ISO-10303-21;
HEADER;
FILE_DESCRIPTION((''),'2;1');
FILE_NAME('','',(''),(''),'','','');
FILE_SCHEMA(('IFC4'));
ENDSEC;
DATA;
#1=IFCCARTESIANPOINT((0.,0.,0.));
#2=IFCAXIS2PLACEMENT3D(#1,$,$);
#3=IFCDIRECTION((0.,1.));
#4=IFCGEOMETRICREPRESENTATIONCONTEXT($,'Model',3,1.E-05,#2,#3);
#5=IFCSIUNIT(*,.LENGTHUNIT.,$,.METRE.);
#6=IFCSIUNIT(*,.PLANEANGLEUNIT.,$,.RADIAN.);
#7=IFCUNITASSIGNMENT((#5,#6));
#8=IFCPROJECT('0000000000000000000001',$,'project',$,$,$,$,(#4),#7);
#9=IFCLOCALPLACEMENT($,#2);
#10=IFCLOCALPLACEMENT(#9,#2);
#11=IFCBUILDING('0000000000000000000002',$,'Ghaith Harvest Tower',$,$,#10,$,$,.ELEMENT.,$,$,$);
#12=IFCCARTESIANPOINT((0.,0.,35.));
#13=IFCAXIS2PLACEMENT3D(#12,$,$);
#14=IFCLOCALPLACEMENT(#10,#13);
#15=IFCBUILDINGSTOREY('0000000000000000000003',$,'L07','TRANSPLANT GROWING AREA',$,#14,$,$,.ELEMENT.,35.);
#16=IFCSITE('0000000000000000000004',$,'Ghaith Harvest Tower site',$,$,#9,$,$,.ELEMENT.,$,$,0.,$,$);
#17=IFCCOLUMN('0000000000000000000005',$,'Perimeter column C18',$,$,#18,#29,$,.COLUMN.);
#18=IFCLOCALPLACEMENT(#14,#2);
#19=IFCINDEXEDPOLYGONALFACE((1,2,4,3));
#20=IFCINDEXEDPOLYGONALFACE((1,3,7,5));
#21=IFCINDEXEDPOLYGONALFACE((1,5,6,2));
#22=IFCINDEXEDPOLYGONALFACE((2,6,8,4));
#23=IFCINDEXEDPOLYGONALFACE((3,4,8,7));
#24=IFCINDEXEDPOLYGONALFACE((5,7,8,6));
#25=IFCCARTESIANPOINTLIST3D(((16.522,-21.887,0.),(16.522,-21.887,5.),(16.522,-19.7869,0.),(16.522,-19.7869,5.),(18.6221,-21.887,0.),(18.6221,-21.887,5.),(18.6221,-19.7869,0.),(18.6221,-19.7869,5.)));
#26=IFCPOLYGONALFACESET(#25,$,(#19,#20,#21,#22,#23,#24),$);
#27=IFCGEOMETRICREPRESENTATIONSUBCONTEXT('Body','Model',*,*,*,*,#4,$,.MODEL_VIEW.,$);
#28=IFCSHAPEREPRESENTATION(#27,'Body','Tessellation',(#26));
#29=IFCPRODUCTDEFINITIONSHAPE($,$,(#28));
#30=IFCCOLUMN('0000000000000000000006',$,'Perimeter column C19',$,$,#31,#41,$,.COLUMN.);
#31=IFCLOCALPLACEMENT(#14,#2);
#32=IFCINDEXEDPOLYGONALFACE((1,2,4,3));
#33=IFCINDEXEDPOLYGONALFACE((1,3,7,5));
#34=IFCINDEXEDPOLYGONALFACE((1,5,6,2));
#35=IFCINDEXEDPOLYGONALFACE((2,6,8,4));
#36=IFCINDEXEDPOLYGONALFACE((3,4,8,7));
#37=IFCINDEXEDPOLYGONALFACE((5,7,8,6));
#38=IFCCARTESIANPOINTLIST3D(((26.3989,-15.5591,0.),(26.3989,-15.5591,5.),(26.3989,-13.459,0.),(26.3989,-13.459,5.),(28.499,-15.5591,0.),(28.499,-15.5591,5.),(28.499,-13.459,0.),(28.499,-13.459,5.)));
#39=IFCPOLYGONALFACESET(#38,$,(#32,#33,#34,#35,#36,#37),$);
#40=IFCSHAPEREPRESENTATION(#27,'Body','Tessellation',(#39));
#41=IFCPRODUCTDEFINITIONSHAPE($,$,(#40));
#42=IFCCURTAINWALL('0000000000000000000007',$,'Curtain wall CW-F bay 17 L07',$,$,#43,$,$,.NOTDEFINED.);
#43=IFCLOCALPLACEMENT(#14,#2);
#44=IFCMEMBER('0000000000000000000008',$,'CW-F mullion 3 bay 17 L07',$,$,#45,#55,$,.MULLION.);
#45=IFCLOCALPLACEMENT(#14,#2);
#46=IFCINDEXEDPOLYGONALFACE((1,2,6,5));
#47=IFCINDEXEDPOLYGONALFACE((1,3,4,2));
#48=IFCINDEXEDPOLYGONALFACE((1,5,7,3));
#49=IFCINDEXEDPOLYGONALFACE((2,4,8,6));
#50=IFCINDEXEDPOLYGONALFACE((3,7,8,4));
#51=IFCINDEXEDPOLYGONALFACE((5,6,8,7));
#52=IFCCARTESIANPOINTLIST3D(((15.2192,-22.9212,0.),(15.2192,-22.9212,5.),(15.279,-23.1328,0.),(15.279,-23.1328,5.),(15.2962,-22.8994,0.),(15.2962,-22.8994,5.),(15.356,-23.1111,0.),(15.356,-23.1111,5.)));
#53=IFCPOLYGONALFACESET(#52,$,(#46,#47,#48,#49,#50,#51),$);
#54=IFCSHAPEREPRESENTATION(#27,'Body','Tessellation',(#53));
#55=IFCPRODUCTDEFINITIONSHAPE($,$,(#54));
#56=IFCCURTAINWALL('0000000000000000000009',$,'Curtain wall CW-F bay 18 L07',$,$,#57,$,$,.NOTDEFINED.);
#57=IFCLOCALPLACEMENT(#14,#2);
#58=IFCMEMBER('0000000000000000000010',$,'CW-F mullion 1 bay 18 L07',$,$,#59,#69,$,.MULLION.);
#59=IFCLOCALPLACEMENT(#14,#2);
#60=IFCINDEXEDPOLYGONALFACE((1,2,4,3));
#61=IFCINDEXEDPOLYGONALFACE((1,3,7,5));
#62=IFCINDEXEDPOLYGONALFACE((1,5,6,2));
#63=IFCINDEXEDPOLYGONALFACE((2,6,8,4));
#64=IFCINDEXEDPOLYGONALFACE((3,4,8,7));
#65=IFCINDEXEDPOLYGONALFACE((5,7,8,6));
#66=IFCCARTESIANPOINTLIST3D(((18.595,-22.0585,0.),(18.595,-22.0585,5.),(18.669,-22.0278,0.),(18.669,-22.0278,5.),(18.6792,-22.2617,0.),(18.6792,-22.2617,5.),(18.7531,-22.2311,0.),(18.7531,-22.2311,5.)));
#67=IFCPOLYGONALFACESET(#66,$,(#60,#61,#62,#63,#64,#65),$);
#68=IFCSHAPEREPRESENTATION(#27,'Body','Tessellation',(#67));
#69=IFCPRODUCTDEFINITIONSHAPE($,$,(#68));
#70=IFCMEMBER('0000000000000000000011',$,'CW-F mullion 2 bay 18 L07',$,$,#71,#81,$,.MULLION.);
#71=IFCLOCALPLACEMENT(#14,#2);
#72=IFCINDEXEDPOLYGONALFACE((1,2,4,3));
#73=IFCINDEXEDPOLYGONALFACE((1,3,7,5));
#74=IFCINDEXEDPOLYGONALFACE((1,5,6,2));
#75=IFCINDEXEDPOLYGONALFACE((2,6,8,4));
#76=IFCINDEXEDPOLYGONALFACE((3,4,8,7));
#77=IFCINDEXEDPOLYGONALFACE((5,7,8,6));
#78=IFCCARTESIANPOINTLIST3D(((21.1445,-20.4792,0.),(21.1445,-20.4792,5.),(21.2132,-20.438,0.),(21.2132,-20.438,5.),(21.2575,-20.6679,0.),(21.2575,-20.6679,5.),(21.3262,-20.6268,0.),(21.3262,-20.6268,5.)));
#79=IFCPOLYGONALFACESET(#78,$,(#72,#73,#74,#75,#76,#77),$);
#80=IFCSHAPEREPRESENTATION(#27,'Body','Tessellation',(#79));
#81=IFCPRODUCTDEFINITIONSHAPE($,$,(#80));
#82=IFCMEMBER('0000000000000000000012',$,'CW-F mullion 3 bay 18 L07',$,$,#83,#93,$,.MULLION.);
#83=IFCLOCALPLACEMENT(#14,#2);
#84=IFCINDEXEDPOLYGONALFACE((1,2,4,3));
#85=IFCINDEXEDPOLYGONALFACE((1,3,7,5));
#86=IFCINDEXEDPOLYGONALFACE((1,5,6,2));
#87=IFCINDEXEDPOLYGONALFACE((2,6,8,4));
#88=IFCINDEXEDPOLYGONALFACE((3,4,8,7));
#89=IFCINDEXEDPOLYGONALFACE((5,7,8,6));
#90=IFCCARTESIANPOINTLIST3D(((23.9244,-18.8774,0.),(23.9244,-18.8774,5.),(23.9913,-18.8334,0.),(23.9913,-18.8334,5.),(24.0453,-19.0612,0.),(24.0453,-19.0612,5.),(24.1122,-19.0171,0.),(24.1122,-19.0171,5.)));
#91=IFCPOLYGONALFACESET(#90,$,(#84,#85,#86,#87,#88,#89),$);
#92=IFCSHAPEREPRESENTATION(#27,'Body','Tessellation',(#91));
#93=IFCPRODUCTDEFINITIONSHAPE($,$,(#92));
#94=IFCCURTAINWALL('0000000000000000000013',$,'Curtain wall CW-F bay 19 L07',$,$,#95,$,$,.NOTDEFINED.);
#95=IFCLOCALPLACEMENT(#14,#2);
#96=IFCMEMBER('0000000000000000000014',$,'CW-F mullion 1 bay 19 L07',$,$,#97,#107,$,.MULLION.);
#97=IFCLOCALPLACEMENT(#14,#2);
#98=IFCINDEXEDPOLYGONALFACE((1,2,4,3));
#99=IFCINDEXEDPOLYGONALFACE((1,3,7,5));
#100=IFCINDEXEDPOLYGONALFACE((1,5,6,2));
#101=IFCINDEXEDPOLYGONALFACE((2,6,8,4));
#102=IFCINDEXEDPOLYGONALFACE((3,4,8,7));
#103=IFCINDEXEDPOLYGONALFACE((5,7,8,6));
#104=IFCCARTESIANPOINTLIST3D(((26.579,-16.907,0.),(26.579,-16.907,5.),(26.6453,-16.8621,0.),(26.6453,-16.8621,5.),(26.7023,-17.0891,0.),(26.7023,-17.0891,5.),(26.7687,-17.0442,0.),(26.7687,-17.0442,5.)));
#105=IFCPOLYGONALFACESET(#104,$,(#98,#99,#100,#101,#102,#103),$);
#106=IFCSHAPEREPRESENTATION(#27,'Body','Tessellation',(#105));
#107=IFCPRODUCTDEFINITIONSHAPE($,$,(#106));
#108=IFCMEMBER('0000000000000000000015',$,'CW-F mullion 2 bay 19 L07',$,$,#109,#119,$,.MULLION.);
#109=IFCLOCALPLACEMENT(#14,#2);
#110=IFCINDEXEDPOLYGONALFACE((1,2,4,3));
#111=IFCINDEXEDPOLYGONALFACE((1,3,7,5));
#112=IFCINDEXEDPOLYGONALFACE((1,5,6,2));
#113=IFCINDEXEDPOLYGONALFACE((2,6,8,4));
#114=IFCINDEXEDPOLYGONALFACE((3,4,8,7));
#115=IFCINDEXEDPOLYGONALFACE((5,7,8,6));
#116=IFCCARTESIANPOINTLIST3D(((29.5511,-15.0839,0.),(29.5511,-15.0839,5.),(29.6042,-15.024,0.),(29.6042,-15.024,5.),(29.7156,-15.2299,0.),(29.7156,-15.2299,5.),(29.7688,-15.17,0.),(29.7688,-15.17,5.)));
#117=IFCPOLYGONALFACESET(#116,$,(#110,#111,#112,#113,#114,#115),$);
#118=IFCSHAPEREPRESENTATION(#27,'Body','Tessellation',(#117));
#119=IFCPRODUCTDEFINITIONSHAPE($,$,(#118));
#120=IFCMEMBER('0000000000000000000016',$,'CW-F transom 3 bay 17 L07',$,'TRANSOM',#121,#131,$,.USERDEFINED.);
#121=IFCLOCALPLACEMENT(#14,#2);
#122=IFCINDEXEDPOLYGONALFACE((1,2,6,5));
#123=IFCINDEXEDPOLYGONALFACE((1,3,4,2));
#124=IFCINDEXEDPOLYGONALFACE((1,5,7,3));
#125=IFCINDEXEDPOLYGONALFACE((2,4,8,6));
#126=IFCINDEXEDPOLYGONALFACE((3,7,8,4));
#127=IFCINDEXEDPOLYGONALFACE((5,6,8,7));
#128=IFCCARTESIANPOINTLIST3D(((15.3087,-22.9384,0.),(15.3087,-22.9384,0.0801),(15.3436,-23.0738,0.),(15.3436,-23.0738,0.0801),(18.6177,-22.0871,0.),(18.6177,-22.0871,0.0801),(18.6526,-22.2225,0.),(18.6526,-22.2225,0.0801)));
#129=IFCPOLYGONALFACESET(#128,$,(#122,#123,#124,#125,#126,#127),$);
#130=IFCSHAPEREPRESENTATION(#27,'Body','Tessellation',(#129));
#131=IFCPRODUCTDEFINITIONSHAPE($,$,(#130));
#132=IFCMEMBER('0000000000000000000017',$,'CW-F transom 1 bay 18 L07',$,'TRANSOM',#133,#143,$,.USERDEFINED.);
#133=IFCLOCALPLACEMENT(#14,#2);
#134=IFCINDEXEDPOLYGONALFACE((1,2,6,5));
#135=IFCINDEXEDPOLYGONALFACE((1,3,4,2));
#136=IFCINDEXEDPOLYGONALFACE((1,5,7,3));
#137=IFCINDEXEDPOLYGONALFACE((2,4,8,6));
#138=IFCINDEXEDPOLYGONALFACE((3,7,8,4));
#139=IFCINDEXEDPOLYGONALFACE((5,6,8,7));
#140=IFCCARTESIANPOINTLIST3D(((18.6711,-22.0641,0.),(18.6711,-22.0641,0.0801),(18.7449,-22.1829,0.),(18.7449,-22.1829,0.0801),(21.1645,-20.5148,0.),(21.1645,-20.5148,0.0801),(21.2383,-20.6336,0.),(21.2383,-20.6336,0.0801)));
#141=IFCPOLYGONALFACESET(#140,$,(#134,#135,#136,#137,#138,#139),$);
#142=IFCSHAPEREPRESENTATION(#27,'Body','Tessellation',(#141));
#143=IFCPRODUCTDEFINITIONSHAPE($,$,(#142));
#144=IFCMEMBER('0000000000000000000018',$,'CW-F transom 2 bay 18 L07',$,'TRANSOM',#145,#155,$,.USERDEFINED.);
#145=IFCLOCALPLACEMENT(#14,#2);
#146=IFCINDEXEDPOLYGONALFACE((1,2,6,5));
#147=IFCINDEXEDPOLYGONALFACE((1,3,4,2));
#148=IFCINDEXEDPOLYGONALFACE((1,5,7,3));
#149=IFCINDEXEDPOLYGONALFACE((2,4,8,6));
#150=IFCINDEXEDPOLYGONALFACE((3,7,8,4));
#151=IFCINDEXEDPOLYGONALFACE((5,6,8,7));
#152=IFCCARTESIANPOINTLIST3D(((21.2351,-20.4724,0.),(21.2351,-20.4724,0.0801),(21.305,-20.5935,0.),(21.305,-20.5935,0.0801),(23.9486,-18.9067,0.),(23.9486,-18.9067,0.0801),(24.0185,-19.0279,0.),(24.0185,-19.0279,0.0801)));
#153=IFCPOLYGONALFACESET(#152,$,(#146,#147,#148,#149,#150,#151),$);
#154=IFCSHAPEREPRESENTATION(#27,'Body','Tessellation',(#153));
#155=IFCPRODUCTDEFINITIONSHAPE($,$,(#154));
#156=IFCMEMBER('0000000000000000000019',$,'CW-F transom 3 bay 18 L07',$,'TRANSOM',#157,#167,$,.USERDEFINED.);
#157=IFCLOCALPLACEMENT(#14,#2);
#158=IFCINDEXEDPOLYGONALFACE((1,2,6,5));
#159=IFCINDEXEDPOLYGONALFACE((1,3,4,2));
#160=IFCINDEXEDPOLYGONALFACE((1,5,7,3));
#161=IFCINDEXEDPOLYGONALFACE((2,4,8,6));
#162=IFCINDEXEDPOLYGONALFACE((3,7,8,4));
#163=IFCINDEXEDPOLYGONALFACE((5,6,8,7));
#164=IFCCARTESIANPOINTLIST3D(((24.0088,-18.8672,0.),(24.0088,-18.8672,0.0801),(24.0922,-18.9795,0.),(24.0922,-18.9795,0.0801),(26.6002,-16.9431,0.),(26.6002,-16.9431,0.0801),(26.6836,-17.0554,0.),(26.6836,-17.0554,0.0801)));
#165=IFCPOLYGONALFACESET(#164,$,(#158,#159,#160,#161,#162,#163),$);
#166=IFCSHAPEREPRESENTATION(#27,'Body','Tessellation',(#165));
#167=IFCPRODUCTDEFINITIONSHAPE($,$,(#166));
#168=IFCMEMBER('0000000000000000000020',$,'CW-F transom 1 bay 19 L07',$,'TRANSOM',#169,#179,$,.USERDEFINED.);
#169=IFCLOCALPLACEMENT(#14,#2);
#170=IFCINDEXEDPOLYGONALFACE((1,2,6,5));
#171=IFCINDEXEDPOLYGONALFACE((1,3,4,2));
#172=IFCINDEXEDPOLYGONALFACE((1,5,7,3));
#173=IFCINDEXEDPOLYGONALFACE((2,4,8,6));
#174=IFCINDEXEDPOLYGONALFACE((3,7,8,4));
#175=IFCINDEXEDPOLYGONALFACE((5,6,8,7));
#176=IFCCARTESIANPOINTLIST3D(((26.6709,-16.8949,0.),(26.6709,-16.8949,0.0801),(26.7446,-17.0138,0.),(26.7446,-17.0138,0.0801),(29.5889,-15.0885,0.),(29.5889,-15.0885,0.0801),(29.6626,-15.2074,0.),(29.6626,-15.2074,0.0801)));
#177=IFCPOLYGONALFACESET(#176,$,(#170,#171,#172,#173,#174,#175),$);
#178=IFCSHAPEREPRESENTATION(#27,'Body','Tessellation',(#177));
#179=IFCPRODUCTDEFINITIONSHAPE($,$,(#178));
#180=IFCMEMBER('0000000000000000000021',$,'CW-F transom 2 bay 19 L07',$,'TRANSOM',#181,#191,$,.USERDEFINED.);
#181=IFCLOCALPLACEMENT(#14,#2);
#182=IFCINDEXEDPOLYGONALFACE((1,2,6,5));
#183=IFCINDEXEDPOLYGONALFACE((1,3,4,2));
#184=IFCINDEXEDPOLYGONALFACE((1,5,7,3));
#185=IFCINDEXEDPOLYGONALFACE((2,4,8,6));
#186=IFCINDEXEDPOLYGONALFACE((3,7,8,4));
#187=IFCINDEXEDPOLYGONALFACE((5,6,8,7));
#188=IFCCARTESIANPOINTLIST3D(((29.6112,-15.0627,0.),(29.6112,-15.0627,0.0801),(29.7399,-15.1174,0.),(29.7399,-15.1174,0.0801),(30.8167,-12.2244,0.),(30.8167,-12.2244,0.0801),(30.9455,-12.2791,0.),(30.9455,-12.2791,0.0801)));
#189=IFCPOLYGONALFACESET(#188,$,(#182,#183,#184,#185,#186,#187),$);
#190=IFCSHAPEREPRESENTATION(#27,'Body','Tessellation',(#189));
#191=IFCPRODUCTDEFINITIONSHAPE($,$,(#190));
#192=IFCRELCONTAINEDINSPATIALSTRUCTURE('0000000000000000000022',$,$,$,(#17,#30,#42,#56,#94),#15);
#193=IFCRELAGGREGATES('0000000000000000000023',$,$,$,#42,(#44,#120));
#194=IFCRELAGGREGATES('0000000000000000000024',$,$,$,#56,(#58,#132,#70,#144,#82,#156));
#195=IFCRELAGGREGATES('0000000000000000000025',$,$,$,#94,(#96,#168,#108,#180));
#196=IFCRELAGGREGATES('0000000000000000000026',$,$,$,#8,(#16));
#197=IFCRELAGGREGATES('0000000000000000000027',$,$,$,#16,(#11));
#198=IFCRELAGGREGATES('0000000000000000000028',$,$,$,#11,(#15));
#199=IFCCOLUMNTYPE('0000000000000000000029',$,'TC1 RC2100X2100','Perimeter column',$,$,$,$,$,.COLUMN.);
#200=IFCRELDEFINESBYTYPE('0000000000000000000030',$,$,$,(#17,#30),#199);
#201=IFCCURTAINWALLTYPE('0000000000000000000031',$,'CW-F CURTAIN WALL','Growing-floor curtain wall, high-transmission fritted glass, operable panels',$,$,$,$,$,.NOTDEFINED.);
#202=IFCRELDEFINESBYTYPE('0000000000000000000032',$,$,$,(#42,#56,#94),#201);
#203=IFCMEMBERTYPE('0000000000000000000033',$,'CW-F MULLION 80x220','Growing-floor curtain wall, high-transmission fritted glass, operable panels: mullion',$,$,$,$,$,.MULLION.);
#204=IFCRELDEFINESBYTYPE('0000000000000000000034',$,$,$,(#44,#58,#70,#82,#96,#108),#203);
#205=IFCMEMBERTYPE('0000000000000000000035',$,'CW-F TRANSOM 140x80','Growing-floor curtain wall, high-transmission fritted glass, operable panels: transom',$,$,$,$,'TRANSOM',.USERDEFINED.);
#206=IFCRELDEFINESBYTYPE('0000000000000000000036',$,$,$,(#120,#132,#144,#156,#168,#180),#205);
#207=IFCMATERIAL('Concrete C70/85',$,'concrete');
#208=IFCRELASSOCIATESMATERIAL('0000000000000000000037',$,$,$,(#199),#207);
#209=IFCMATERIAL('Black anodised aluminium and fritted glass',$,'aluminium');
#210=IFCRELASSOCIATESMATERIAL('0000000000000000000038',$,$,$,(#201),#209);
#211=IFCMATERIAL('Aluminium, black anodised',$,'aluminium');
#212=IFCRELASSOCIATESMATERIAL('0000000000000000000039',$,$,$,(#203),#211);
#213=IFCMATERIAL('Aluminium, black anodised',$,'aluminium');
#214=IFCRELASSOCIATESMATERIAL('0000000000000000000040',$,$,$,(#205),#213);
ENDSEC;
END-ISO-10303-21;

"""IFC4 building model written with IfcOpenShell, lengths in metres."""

from ifc_helpers import new_model, si_unit, direction, frame, origin, origin_2d, place, context, subcontext, project, spatial, rectangle, extrude, material, material_profile, profile_set, type_object, element, aggregate, save


model = new_model("IFC4")

# Units and contexts
model_context = context("Model", 3, precision=1e-05, world=origin(), true_north=direction((0.0, 1.0)))
body_context = subcontext(model_context, "Body", "Model", "MODEL_VIEW")
ifc_project = project(units=[si_unit("LENGTHUNIT", "METRE"), si_unit("PLANEANGLEUNIT", "RADIAN")], contexts=[model_context])

# Site, building, storey
site_placement = place(None, origin())
site = spatial("IfcSite", under=ifc_project, at=site_placement, Name="Ghaith Harvest Tower site", CompositionType="ELEMENT", RefElevation=0.0)
building_placement = place(site_placement, origin())
building = spatial("IfcBuilding", under=site, at=building_placement, Name="Ghaith Harvest Tower", CompositionType="ELEMENT")
storey_placement = place(building_placement, frame((0.0, 0.0, 35.0)))
storey = spatial("IfcBuildingStorey", under=building, at=storey_placement, Name="L07", Description="TRANSPLANT GROWING AREA", CompositionType="ELEMENT", Elevation=35.0)

# Columns
ifc_material_1 = material(Name="Concrete C70/85", Category="concrete")
ifc_material_profile_1 = material_profile(ifc_material_1, rectangle(XDim=2.1001, YDim=2.1001, at=origin_2d()), Name="RC2100X2100")
ifc_profile_set_1 = profile_set([ifc_material_profile_1], Name="Concrete C70/85")
column_type = type_object("IfcColumnType", Name="TC1 RC2100X2100", Description="Perimeter column", PredefinedType="COLUMN", material=ifc_profile_set_1)
for number, where, z_axis, x_axis, name in (
    (1, (17.572, -20.8369, 0.0), (0.0, 0.0, 1.0), (1.0, 0.0, 0.0), "Perimeter column C18"),
    (2, (27.449, -14.509, 0.0), (0.0, 0.0, 1.0), (1.0, 0.0, 0.0), "Perimeter column C19"),
):
    element("IfcColumn", number, at=place(storey_placement, frame(where, z_axis=z_axis, x_axis=x_axis)), inside=storey, type_object=column_type, Name=name, PredefinedType="COLUMN", context=body_context, shape_type="SweptSolid", body=[
        extrude(rectangle(XDim=2.1001, YDim=2.1001, at=origin_2d()), origin(), (0.0, 0.0, 1.0), 5.0),
    ])

# Curtain wall, member
ifc_material_2 = material(Name="Black anodised aluminium and fritted glass", Category="aluminium")
curtain_wall_type = type_object("IfcCurtainWallType", Name="CW-F CURTAIN WALL", Description="Growing-floor curtain wall, high-transmission fritted glass, operable panels", PredefinedType="NOTDEFINED", material=ifc_material_2)
curtain_wall_1_placement = place(storey_placement, origin())
curtain_wall_1 = element("IfcCurtainWall", 3, at=curtain_wall_1_placement, inside=storey, type_object=curtain_wall_type, Name="Curtain wall CW-F bay 17 L07", PredefinedType="NOTDEFINED")
ifc_material_3 = material(Name="Aluminium, black anodised", Category="aluminium")
ifc_material_profile_2 = material_profile(ifc_material_3, rectangle(XDim=0.0801, YDim=0.22, at=origin_2d()), Name="CW-F MULLION 80x220")
ifc_profile_set_2 = profile_set([ifc_material_profile_2], Name="Aluminium, black anodised")
member_type_1 = type_object("IfcMemberType", Name="CW-F MULLION 80x220", Description="Growing-floor curtain wall, high-transmission fritted glass, operable panels: mullion", PredefinedType="MULLION", material=ifc_profile_set_2)
member_1_placement = place(storey_placement, frame((15.2876, -23.0161, 0.0), z_axis=(0.0, 0.0, 1.0), x_axis=(0.962313, 0.271944, 0.0)))
member_1 = element("IfcMember", 4, at=member_1_placement, type_object=member_type_1, Name="CW-F mullion 3 bay 17 L07", PredefinedType="MULLION", context=body_context, shape_type="SweptSolid", body=[
    extrude(rectangle(XDim=0.0801, YDim=0.22, at=origin_2d()), origin(), (0.0, 0.0, 1.0), 5.0),
])

# Curtain walls, members
curtain_wall_2_placement = place(storey_placement, origin())
curtain_wall_2 = element("IfcCurtainWall", 5, at=curtain_wall_2_placement, inside=storey, type_object=curtain_wall_type, Name="Curtain wall CW-F bay 18 L07", PredefinedType="NOTDEFINED")
member_2_placement = place(storey_placement, frame((18.6741, -22.1448, 0.0), z_axis=(0.0, 0.0, 1.0), x_axis=(0.92391, 0.382609, 0.0)))
member_2 = element("IfcMember", 6, at=member_2_placement, type_object=member_type_1, Name="CW-F mullion 1 bay 18 L07", PredefinedType="MULLION", context=body_context, shape_type="SweptSolid", body=[
    extrude(rectangle(XDim=0.0801, YDim=0.22, at=origin_2d()), origin(), (0.0, 0.0, 1.0), 5.0),
])
member_3_placement = place(storey_placement, frame((21.2354, -20.553, 0.0), z_axis=(0.0, 0.0, 1.0), x_axis=(0.85814, 0.513415, 0.0)))
member_3 = element("IfcMember", 7, at=member_3_placement, type_object=member_type_1, Name="CW-F mullion 2 bay 18 L07", PredefinedType="MULLION", context=body_context, shape_type="SweptSolid", body=[
    extrude(rectangle(XDim=0.0801, YDim=0.22, at=origin_2d()), origin(), (0.0, 0.0, 1.0), 5.0),
])
member_4_placement = place(storey_placement, frame((24.0183, -18.9473, 0.0), z_axis=(0.0, 0.0, 1.0), x_axis=(0.835444, 0.549576, 0.0)))
member_4 = element("IfcMember", 8, at=member_4_placement, type_object=member_type_1, Name="CW-F mullion 3 bay 18 L07", PredefinedType="MULLION", context=body_context, shape_type="SweptSolid", body=[
    extrude(rectangle(XDim=0.0801, YDim=0.22, at=origin_2d()), origin(), (0.0, 0.0, 1.0), 5.0),
])
curtain_wall_3_placement = place(storey_placement, origin())
curtain_wall_3 = element("IfcCurtainWall", 9, at=curtain_wall_3_placement, inside=storey, type_object=curtain_wall_type, Name="Curtain wall CW-F bay 19 L07", PredefinedType="NOTDEFINED")
member_5_placement = place(storey_placement, frame((26.6738, -16.9756, 0.0), z_axis=(0.0, 0.0, 1.0), x_axis=(0.828002, 0.560725, 0.0)))
member_5 = element("IfcMember", 10, at=member_5_placement, type_object=member_type_1, Name="CW-F mullion 1 bay 19 L07", PredefinedType="MULLION", context=body_context, shape_type="SweptSolid", body=[
    extrude(rectangle(XDim=0.0801, YDim=0.22, at=origin_2d()), origin(), (0.0, 0.0, 1.0), 5.0),
])
member_6_placement = place(storey_placement, frame((29.6599, -15.127, 0.0), z_axis=(0.0, 0.0, 1.0), x_axis=(0.663605, 0.748083, 0.0)))
member_6 = element("IfcMember", 11, at=member_6_placement, type_object=member_type_1, Name="CW-F mullion 2 bay 19 L07", PredefinedType="MULLION", context=body_context, shape_type="SweptSolid", body=[
    extrude(rectangle(XDim=0.0801, YDim=0.22, at=origin_2d()), origin(), (0.0, 0.0, 1.0), 5.0),
])

# Members
ifc_material_4 = material(Name="Aluminium, black anodised", Category="aluminium")
ifc_material_profile_3 = material_profile(ifc_material_4, rectangle(XDim=0.1399, YDim=0.0801, at=origin_2d()), Name="CW-F TRANSOM 140x80")
ifc_profile_set_3 = profile_set([ifc_material_profile_3], Name="Aluminium, black anodised")
member_type_2 = type_object("IfcMemberType", Name="CW-F TRANSOM 140x80", Description="Growing-floor curtain wall, high-transmission fritted glass, operable panels: transom", ElementType="TRANSOM", PredefinedType="USERDEFINED", material=ifc_profile_set_3)
member_7_placement = place(storey_placement, frame((15.3262, -23.0061, 0.04), z_axis=(0.968464, 0.249154, 0.0), x_axis=(-0.249154, 0.968464, 0.0)))
member_7 = element("IfcMember", 12, at=member_7_placement, type_object=member_type_2, Name="CW-F transom 3 bay 17 L07", ObjectType="TRANSOM", PredefinedType="USERDEFINED", context=body_context, shape_type="SweptSolid", body=[
    extrude(rectangle(XDim=0.1399, YDim=0.0801, at=origin_2d()), origin(), (0.0, 0.0, 1.0), 3.4167),
])
member_8_placement = place(storey_placement, frame((18.708, -22.1235, 0.04), z_axis=(0.849383, 0.527777, 0.0), x_axis=(-0.527777, 0.849383, 0.0)))
member_8 = element("IfcMember", 13, at=member_8_placement, type_object=member_type_2, Name="CW-F transom 1 bay 18 L07", ObjectType="TRANSOM", PredefinedType="USERDEFINED", context=body_context, shape_type="SweptSolid", body=[
    extrude(rectangle(XDim=0.1399, YDim=0.0801, at=origin_2d()), origin(), (0.0, 0.0, 1.0), 2.9355),
])
member_9_placement = place(storey_placement, frame((21.27, -20.533, 0.04), z_axis=(0.866169, 0.499752, 0.0), x_axis=(-0.499752, 0.866169, 0.0)))
member_9 = element("IfcMember", 14, at=member_9_placement, type_object=member_type_2, Name="CW-F transom 2 bay 18 L07", ObjectType="TRANSOM", PredefinedType="USERDEFINED", context=body_context, shape_type="SweptSolid", body=[
    extrude(rectangle(XDim=0.1399, YDim=0.0801, at=origin_2d()), origin(), (0.0, 0.0, 1.0), 3.1328),
])
member_10_placement = place(storey_placement, frame((24.0505, -18.9233, 0.04), z_axis=(0.802877, 0.596144, 0.0), x_axis=(-0.596144, 0.802877, 0.0)))
member_10 = element("IfcMember", 15, at=member_10_placement, type_object=member_type_2, Name="CW-F transom 3 bay 18 L07", ObjectType="TRANSOM", PredefinedType="USERDEFINED", context=body_context, shape_type="SweptSolid", body=[
    extrude(rectangle(XDim=0.1399, YDim=0.0801, at=origin_2d()), origin(), (0.0, 0.0, 1.0), 3.2275),
])
member_11_placement = place(storey_placement, frame((26.7078, -16.9543, 0.04), z_axis=(0.850261, 0.526362, 0.0), x_axis=(-0.526362, 0.850261, 0.0)))
member_11 = element("IfcMember", 16, at=member_11_placement, type_object=member_type_2, Name="CW-F transom 1 bay 19 L07", ObjectType="TRANSOM", PredefinedType="USERDEFINED", context=body_context, shape_type="SweptSolid", body=[
    extrude(rectangle(XDim=0.1399, YDim=0.0801, at=origin_2d()), origin(), (0.0, 0.0, 1.0), 3.4319),
])
member_12_placement = place(storey_placement, frame((29.6755, -15.0901, 0.04), z_axis=(0.390936, 0.920418, 0.0), x_axis=(-0.920418, 0.390936, 0.0)))
member_12 = element("IfcMember", 17, at=member_12_placement, type_object=member_type_2, Name="CW-F transom 2 bay 19 L07", ObjectType="TRANSOM", PredefinedType="USERDEFINED", context=body_context, shape_type="SweptSolid", body=[
    extrude(rectangle(XDim=0.1399, YDim=0.0801, at=origin_2d()), origin(), (0.0, 0.0, 1.0), 3.0837),
])

aggregate(curtain_wall_1, [member_1, member_7])
aggregate(curtain_wall_2, [member_2, member_8, member_3, member_9, member_4, member_10])
aggregate(curtain_wall_3, [member_5, member_11, member_6, member_12])

save(model, "model.ifc")
